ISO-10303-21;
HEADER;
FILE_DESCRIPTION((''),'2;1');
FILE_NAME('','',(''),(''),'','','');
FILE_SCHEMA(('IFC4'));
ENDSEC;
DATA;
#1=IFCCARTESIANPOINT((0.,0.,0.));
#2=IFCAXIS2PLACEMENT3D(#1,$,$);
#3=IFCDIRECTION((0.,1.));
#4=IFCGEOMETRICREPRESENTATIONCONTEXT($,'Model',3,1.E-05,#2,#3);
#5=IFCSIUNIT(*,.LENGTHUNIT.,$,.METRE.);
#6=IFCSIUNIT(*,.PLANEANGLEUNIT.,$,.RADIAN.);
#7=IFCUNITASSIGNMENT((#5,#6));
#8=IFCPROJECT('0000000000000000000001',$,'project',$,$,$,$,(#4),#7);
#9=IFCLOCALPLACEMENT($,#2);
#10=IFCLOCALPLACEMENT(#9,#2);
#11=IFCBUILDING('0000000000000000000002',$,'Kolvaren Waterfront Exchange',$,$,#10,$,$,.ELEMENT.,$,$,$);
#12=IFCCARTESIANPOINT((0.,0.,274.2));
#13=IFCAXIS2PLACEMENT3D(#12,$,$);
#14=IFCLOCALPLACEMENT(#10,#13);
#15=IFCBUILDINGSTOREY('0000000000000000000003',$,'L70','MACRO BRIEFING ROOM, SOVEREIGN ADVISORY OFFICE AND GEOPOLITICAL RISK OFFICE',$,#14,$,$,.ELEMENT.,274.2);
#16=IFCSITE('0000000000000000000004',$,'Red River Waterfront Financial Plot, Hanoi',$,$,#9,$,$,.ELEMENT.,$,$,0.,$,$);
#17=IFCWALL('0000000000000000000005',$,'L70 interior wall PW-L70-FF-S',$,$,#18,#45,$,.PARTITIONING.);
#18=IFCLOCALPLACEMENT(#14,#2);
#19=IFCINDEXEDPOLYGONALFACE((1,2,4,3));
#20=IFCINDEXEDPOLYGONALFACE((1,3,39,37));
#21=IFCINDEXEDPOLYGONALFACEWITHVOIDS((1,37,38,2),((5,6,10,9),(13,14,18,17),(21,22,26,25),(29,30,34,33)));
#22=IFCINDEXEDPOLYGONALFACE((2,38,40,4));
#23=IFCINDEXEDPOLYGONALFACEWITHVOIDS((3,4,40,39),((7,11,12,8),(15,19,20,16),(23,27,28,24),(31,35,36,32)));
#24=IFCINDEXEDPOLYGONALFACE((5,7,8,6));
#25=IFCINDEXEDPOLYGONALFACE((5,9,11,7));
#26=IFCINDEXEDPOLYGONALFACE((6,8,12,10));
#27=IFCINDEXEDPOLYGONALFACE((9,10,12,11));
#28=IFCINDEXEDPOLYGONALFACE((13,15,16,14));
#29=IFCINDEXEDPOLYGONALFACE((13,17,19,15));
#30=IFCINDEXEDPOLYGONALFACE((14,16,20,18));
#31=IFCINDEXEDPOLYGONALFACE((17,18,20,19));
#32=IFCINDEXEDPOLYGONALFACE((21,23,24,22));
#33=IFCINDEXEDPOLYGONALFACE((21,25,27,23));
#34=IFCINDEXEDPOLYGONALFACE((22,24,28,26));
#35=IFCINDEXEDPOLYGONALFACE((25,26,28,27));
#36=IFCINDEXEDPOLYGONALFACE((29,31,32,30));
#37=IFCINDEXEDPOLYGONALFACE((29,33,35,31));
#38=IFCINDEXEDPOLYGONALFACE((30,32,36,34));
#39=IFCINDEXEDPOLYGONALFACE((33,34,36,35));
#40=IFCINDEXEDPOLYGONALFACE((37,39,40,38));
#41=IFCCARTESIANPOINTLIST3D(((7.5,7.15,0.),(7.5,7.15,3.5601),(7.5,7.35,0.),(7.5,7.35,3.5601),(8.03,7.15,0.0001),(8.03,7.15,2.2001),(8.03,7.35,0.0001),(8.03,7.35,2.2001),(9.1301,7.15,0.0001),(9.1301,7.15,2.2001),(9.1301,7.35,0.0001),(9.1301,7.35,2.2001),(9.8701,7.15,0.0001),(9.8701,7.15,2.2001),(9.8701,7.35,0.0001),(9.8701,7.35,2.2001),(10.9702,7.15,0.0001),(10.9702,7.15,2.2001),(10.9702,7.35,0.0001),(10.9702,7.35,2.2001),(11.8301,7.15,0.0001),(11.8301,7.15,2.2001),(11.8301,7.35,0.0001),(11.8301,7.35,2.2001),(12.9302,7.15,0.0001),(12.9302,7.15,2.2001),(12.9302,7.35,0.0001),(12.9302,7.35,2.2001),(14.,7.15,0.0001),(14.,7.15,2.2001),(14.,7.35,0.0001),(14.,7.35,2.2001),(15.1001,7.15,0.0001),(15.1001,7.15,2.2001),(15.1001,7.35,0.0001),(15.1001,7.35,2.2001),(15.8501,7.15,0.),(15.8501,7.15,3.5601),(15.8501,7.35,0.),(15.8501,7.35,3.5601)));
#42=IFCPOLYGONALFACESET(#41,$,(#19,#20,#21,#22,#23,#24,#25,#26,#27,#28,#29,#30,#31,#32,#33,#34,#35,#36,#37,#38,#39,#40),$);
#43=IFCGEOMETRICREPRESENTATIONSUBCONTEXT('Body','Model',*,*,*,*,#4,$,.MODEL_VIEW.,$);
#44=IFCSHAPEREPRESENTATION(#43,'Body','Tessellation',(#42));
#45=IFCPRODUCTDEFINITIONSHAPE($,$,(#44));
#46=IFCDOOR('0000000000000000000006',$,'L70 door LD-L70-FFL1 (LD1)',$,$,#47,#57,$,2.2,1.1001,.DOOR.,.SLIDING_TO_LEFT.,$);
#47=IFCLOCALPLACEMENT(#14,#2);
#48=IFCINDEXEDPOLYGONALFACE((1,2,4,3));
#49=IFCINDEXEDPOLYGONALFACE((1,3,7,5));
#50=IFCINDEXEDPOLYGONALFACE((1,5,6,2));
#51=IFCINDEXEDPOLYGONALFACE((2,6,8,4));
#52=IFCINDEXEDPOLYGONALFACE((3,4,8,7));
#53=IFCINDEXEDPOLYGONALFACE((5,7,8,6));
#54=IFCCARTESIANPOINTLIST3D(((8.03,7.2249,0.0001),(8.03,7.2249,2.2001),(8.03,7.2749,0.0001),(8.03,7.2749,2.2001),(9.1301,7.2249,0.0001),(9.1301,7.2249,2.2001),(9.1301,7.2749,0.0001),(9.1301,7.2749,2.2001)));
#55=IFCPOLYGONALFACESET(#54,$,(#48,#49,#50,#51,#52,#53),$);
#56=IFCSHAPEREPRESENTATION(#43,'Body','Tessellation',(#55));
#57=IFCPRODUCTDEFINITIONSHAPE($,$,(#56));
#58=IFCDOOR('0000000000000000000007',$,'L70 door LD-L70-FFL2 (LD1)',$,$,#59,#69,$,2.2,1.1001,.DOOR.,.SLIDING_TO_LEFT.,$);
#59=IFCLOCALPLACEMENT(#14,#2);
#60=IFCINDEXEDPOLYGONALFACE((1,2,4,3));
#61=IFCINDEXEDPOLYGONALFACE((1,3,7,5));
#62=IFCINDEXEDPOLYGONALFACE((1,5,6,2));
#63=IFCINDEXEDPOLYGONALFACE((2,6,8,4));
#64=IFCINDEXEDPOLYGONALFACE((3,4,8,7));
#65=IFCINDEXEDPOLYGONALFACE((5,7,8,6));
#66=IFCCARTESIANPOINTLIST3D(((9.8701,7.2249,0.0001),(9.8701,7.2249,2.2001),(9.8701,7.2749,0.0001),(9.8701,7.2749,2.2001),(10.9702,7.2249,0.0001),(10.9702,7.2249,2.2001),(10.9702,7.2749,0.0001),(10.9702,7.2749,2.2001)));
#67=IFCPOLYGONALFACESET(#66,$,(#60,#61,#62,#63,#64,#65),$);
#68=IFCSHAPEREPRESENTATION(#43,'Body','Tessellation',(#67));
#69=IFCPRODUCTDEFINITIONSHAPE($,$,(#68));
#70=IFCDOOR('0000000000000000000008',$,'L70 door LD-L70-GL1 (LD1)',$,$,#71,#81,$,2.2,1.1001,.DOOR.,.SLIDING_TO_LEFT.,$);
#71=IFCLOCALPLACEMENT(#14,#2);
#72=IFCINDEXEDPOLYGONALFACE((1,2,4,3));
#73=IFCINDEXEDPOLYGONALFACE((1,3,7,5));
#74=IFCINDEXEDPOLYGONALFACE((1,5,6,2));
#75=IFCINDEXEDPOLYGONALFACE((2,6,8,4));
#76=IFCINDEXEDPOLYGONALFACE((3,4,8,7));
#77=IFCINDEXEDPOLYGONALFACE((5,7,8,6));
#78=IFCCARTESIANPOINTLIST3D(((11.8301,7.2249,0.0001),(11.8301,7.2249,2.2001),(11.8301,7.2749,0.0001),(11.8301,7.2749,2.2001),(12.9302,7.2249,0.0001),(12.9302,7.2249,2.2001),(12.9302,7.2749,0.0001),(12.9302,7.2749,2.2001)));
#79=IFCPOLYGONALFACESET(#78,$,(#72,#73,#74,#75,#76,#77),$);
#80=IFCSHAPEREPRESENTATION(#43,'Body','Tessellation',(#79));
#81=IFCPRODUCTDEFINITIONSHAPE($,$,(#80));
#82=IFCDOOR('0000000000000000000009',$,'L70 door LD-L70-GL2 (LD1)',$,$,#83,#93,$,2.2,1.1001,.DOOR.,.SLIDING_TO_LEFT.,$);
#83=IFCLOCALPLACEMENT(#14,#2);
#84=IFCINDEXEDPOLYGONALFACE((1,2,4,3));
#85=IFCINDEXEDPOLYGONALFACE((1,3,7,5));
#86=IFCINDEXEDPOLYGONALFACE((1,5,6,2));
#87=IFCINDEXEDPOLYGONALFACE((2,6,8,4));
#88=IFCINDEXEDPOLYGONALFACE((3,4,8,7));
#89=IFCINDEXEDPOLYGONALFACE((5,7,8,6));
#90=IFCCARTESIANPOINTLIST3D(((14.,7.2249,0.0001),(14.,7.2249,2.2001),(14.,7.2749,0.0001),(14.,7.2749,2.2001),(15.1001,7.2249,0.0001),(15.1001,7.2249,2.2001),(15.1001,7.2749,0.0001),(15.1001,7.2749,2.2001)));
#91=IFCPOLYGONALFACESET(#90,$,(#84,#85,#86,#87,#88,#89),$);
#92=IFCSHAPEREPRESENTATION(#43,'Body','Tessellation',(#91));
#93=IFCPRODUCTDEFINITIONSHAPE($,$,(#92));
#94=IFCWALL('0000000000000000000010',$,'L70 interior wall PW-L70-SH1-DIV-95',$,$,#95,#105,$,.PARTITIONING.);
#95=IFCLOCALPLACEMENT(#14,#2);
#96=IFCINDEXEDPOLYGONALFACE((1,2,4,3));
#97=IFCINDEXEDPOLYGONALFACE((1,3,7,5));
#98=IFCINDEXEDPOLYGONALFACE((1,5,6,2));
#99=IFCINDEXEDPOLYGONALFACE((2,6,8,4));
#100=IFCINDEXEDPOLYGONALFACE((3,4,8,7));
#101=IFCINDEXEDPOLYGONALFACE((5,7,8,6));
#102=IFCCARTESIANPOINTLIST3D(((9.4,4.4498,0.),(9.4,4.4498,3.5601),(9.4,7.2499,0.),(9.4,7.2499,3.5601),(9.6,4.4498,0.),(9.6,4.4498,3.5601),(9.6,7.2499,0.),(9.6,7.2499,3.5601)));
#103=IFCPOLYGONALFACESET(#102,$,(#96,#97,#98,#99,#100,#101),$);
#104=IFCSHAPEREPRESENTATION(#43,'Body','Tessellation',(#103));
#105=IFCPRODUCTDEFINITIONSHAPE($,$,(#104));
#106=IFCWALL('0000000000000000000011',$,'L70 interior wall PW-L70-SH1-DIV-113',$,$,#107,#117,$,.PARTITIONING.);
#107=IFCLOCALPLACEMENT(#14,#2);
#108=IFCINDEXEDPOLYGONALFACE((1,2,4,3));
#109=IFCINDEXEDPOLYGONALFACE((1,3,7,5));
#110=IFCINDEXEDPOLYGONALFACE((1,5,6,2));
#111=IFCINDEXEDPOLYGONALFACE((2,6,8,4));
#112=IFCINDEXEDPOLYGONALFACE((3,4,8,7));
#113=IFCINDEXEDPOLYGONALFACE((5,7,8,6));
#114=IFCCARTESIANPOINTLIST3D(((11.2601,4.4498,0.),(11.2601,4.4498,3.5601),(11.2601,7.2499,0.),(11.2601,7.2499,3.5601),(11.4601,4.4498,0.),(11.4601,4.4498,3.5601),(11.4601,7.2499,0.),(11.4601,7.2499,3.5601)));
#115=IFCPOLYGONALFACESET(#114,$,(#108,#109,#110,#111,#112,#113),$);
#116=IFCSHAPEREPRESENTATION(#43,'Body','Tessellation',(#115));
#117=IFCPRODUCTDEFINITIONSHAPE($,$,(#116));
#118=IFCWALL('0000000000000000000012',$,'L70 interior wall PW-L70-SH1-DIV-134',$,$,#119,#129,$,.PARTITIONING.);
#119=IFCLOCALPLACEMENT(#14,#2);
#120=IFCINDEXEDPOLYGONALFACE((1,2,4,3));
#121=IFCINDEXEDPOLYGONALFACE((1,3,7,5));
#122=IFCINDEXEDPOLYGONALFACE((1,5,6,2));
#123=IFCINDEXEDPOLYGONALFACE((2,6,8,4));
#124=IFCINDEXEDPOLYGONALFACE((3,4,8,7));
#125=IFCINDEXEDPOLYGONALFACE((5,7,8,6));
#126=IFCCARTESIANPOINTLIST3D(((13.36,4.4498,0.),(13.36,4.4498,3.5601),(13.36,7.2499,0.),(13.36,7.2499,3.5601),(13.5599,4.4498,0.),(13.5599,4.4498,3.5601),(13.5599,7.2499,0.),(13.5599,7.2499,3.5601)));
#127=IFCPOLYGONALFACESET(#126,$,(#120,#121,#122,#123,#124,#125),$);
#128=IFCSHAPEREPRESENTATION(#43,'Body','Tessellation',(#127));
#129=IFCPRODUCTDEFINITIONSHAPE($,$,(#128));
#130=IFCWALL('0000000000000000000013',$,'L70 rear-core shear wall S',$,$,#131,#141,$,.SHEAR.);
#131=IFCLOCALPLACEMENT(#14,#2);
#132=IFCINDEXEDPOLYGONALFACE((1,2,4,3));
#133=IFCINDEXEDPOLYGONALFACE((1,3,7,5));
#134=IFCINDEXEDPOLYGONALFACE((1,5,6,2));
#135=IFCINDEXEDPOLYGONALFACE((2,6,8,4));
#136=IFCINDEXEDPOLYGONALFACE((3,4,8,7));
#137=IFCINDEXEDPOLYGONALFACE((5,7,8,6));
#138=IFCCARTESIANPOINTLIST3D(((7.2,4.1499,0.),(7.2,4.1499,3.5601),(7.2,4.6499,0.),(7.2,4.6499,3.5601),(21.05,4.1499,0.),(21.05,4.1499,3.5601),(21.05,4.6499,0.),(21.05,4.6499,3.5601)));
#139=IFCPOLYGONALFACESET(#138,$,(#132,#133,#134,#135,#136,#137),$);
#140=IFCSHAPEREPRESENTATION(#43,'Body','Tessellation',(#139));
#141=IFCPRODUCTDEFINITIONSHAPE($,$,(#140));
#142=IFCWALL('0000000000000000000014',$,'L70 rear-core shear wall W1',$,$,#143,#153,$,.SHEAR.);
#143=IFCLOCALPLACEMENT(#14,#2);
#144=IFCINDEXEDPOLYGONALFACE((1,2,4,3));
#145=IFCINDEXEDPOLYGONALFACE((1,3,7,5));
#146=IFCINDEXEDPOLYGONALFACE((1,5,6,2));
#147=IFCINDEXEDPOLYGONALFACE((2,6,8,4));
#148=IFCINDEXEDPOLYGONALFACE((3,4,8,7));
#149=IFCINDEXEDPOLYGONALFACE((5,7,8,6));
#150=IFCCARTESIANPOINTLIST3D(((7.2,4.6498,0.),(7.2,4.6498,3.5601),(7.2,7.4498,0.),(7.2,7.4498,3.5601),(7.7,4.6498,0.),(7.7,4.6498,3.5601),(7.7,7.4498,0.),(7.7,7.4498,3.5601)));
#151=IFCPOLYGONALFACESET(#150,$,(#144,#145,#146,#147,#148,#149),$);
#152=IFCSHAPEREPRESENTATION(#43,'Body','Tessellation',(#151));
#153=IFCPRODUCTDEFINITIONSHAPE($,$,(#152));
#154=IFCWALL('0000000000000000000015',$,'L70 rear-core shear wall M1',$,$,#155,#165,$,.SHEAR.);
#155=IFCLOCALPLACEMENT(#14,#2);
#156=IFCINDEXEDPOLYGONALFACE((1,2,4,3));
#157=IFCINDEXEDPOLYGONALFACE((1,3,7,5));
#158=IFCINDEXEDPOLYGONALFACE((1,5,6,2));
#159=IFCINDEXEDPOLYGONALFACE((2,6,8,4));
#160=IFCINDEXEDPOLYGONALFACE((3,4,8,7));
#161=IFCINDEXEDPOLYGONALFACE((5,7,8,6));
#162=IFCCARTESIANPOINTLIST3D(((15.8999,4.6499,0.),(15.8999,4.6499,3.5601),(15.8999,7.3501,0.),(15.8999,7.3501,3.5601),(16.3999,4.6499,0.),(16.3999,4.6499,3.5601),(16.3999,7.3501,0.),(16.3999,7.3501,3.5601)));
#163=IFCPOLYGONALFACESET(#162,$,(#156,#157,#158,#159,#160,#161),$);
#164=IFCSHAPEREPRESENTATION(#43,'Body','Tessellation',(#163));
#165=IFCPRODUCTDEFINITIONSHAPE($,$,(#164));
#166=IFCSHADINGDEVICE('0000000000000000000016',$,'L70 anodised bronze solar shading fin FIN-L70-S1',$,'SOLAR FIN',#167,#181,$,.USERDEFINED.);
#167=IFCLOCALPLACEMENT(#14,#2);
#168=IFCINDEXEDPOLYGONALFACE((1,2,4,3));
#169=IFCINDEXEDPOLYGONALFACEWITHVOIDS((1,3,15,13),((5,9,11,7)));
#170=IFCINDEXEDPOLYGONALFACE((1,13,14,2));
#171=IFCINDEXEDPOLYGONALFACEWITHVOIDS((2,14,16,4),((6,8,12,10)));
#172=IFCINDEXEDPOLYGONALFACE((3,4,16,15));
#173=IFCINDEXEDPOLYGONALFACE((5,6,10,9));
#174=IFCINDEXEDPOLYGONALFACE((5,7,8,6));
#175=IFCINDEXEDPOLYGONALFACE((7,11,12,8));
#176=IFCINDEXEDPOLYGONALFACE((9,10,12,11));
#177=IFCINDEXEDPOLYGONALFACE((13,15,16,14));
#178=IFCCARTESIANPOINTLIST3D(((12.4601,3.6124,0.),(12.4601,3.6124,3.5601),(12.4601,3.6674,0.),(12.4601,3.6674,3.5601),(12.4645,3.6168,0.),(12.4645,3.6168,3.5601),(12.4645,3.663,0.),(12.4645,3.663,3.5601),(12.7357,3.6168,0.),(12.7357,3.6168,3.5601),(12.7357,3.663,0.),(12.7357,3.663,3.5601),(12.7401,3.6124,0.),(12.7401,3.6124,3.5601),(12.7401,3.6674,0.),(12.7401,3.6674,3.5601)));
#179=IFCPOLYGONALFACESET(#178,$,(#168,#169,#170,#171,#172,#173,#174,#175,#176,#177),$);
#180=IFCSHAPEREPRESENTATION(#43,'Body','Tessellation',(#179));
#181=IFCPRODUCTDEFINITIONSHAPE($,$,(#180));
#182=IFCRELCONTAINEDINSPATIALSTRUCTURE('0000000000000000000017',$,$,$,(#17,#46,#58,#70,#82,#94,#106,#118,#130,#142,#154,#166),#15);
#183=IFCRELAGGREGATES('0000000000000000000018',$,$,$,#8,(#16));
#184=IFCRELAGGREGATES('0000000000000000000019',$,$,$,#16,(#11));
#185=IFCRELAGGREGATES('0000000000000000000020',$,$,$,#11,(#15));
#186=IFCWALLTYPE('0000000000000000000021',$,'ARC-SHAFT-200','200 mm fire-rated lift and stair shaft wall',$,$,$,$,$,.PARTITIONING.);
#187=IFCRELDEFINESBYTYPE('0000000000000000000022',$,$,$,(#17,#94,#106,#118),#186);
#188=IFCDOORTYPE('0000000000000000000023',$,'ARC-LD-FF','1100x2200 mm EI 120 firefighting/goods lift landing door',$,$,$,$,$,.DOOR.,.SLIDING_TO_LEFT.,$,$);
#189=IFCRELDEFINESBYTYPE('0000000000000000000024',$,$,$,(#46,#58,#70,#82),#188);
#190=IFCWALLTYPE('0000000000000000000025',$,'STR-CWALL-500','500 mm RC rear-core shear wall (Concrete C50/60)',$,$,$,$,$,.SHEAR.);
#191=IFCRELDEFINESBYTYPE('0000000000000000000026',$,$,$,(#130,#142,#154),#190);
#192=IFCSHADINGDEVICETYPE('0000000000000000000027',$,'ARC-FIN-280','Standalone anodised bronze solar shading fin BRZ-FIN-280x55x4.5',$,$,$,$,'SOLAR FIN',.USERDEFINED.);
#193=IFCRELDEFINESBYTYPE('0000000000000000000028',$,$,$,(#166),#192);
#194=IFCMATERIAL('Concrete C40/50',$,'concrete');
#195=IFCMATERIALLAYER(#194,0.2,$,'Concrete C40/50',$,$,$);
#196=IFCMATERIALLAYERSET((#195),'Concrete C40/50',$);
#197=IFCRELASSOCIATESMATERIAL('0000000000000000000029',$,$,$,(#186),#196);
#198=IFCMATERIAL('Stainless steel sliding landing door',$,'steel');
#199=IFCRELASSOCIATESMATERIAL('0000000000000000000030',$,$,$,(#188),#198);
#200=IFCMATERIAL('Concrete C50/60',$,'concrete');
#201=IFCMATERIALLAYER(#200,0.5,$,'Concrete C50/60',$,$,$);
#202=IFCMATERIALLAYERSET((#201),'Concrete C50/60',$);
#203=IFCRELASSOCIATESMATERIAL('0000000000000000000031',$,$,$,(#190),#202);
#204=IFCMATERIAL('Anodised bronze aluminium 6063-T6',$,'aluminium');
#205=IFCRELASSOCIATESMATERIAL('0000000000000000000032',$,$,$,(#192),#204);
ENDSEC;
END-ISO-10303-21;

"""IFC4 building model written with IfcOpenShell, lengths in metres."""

from ifc_helpers import new_model, si_unit, direction, frame, frame_2d, origin, origin_2d, place, context, subcontext, project, spatial, rectangle, hollow_rectangle, extrude, material, layer, layer_set, material_profile, profile_set, type_object, element, fill, save


model = new_model("IFC4")

# Units and contexts
model_context = context("Model", 3, precision=1e-05, world=origin(), true_north=direction((0.0, 1.0)))
body_context = subcontext(model_context, "Body", "Model", "MODEL_VIEW")
ifc_project = project(units=[si_unit("LENGTHUNIT", "METRE"), si_unit("PLANEANGLEUNIT", "RADIAN")], contexts=[model_context])

# Site, building, storey
site_placement = place(None, origin())
site = spatial("IfcSite", under=ifc_project, at=site_placement, Name="Red River Waterfront Financial Plot, Hanoi", CompositionType="ELEMENT", RefElevation=0.0)
building_placement = place(site_placement, origin())
building = spatial("IfcBuilding", under=site, at=building_placement, Name="Kolvaren Waterfront Exchange", CompositionType="ELEMENT")
storey_placement = place(building_placement, frame((0.0, 0.0, 274.2)))
storey = spatial("IfcBuildingStorey", under=building, at=storey_placement, Name="L70", Description="MACRO BRIEFING ROOM, SOVEREIGN ADVISORY OFFICE AND GEOPOLITICAL RISK OFFICE", CompositionType="ELEMENT", Elevation=274.2)

# Shared definitions
ifc_material_1 = material(Name="Concrete C50/60", Category="concrete")

# Shared definitions
ifc_material_2 = material(Name="Anodised bronze aluminium 6063-T6", Category="aluminium")

# Wall, openings, doors
ifc_material_3 = material(Name="Concrete C40/50", Category="concrete")
ifc_layer_1 = layer(ifc_material_3, 0.2, Name="Concrete C40/50")
ifc_layer_set_1 = layer_set([ifc_layer_1], Name="Concrete C40/50")
wall_type_1 = type_object("IfcWallType", Name="ARC-SHAFT-200", Description="200 mm fire-rated lift and stair shaft wall", PredefinedType="PARTITIONING", material=ifc_layer_set_1)
wall_1_placement = place(storey_placement, frame((7.5, 7.25, 0.0), z_axis=(0.0, 0.0, 1.0), x_axis=(1.0, 0.0, 0.0)))
wall_1 = element("IfcWall", 1, at=wall_1_placement, inside=storey, type_object=wall_type_1, Name="L70 interior wall PW-L70-FF-S", PredefinedType="PARTITIONING", context=body_context, shape_type="SweptSolid", body=[
    extrude(rectangle(XDim=8.3501, YDim=0.2, at=frame_2d((4.175, 0.0))), origin(), (0.0, 0.0, 1.0), 3.5601),
])
opening_1_placement = place(wall_1_placement, frame((0.53, 0.0, 0.0)))
opening_1 = element("IfcOpeningElement", 2, at=opening_1_placement, cuts=wall_1, PredefinedType="OPENING", context=body_context, shape_type="SweptSolid", body=[
    extrude(rectangle(XDim=1.1001, YDim=2.2, at=frame_2d((0.55, 1.1001))), frame((0.0, 0.1099, 0.0), z_axis=(0.0, -1.0, 0.0), x_axis=(1.0, 0.0, 0.0)), (0.0, 0.0, 1.0), 0.22),
])
opening_2_placement = place(wall_1_placement, frame((2.3701, 0.0, 0.0)))
opening_2 = element("IfcOpeningElement", 3, at=opening_2_placement, cuts=wall_1, PredefinedType="OPENING", context=body_context, shape_type="SweptSolid", body=[
    extrude(rectangle(XDim=1.1001, YDim=2.2, at=frame_2d((0.55, 1.1001))), frame((0.0, 0.1099, 0.0), z_axis=(0.0, -1.0, 0.0), x_axis=(1.0, 0.0, 0.0)), (0.0, 0.0, 1.0), 0.22),
])
opening_3_placement = place(wall_1_placement, frame((4.3301, 0.0, 0.0)))
opening_3 = element("IfcOpeningElement", 4, at=opening_3_placement, cuts=wall_1, PredefinedType="OPENING", context=body_context, shape_type="SweptSolid", body=[
    extrude(rectangle(XDim=1.1001, YDim=2.2, at=frame_2d((0.55, 1.1001))), frame((0.0, 0.1099, 0.0), z_axis=(0.0, -1.0, 0.0), x_axis=(1.0, 0.0, 0.0)), (0.0, 0.0, 1.0), 0.22),
])
opening_4_placement = place(wall_1_placement, frame((6.5, 0.0, 0.0)))
opening_4 = element("IfcOpeningElement", 5, at=opening_4_placement, cuts=wall_1, PredefinedType="OPENING", context=body_context, shape_type="SweptSolid", body=[
    extrude(rectangle(XDim=1.1001, YDim=2.2, at=frame_2d((0.55, 1.1001))), frame((0.0, 0.1099, 0.0), z_axis=(0.0, -1.0, 0.0), x_axis=(1.0, 0.0, 0.0)), (0.0, 0.0, 1.0), 0.22),
])
ifc_material_4 = material(Name="Stainless steel sliding landing door", Category="steel")
door_type = type_object("IfcDoorType", Name="ARC-LD-FF", Description="1100x2200 mm EI 120 firefighting/goods lift landing door", OperationType="SLIDING_TO_LEFT", PredefinedType="DOOR", material=ifc_material_4)
door_1_placement = place(opening_1_placement, origin())
door_1 = element("IfcDoor", 6, at=door_1_placement, inside=storey, type_object=door_type, Name="L70 door LD-L70-FFL1 (LD1)", OperationType="SLIDING_TO_LEFT", OverallHeight=2.2, OverallWidth=1.1001, PredefinedType="DOOR", context=body_context, shape_type="SweptSolid", body=[
    extrude(rectangle(XDim=1.1001, YDim=2.2, at=frame_2d((0.55, 1.1001))), frame((0.0, 0.0249, 0.0), z_axis=(0.0, -1.0, 0.0), x_axis=(1.0, 0.0, 0.0)), (0.0, 0.0, 1.0), 0.05),
])
fill(opening_1, door_1)
door_2_placement = place(opening_2_placement, origin())
door_2 = element("IfcDoor", 7, at=door_2_placement, inside=storey, type_object=door_type, Name="L70 door LD-L70-FFL2 (LD1)", OperationType="SLIDING_TO_LEFT", OverallHeight=2.2, OverallWidth=1.1001, PredefinedType="DOOR", context=body_context, shape_type="SweptSolid", body=[
    extrude(rectangle(XDim=1.1001, YDim=2.2, at=frame_2d((0.55, 1.1001))), frame((0.0, 0.0249, 0.0), z_axis=(0.0, -1.0, 0.0), x_axis=(1.0, 0.0, 0.0)), (0.0, 0.0, 1.0), 0.05),
])
fill(opening_2, door_2)
door_3_placement = place(opening_3_placement, origin())
door_3 = element("IfcDoor", 8, at=door_3_placement, inside=storey, type_object=door_type, Name="L70 door LD-L70-GL1 (LD1)", OperationType="SLIDING_TO_LEFT", OverallHeight=2.2, OverallWidth=1.1001, PredefinedType="DOOR", context=body_context, shape_type="SweptSolid", body=[
    extrude(rectangle(XDim=1.1001, YDim=2.2, at=frame_2d((0.55, 1.1001))), frame((0.0, 0.0249, 0.0), z_axis=(0.0, -1.0, 0.0), x_axis=(1.0, 0.0, 0.0)), (0.0, 0.0, 1.0), 0.05),
])
fill(opening_3, door_3)
door_4_placement = place(opening_4_placement, origin())
door_4 = element("IfcDoor", 9, at=door_4_placement, inside=storey, type_object=door_type, Name="L70 door LD-L70-GL2 (LD1)", OperationType="SLIDING_TO_LEFT", OverallHeight=2.2, OverallWidth=1.1001, PredefinedType="DOOR", context=body_context, shape_type="SweptSolid", body=[
    extrude(rectangle(XDim=1.1001, YDim=2.2, at=frame_2d((0.55, 1.1001))), frame((0.0, 0.0249, 0.0), z_axis=(0.0, -1.0, 0.0), x_axis=(1.0, 0.0, 0.0)), (0.0, 0.0, 1.0), 0.05),
])
fill(opening_4, door_4)

# Walls
for number, where, z_axis, x_axis, name in (
    (10, (9.5, 4.45, 0.0), (0.0, 0.0, 1.0), (0.0, 1.0, 0.0), "L70 interior wall PW-L70-SH1-DIV-95"),
    (11, (11.3601, 4.45, 0.0), (0.0, 0.0, 1.0), (0.0, 1.0, 0.0), "L70 interior wall PW-L70-SH1-DIV-113"),
    (12, (13.46, 4.45, 0.0), (0.0, 0.0, 1.0), (0.0, 1.0, 0.0), "L70 interior wall PW-L70-SH1-DIV-134"),
):
    element("IfcWall", number, at=place(storey_placement, frame(where, z_axis=z_axis, x_axis=x_axis)), inside=storey, type_object=wall_type_1, Name=name, PredefinedType="PARTITIONING", context=body_context, shape_type="SweptSolid", body=[
        extrude(rectangle(XDim=2.8, YDim=0.2, at=frame_2d((1.3999, 0.0))), origin(), (0.0, 0.0, 1.0), 3.5601),
    ])
ifc_layer_2 = layer(ifc_material_1, 0.5, Name="Concrete C50/60")
ifc_layer_set_2 = layer_set([ifc_layer_2], Name="Concrete C50/60")
wall_type_2 = type_object("IfcWallType", Name="STR-CWALL-500", Description="500 mm RC rear-core shear wall (Concrete C50/60)", PredefinedType="SHEAR", material=ifc_layer_set_2)
wall_2_placement = place(storey_placement, frame((7.2, 4.3999, 0.0), z_axis=(0.0, 0.0, 1.0), x_axis=(1.0, 0.0, 0.0)))
element("IfcWall", 13, at=wall_2_placement, inside=storey, type_object=wall_type_2, Name="L70 rear-core shear wall S", PredefinedType="SHEAR", context=body_context, shape_type="SweptSolid", body=[
    extrude(rectangle(XDim=13.8501, YDim=0.5, at=frame_2d((6.925, 0.0))), origin(), (0.0, 0.0, 1.0), 3.5601),
])
wall_3_placement = place(storey_placement, frame((7.45, 4.6499, 0.0), z_axis=(0.0, 0.0, 1.0), x_axis=(0.0, 1.0, 0.0)))
element("IfcWall", 14, at=wall_3_placement, inside=storey, type_object=wall_type_2, Name="L70 rear-core shear wall W1", PredefinedType="SHEAR", context=body_context, shape_type="SweptSolid", body=[
    extrude(rectangle(XDim=2.8, YDim=0.5, at=frame_2d((1.3999, 0.0))), origin(), (0.0, 0.0, 1.0), 3.5601),
])
wall_4_placement = place(storey_placement, frame((16.1499, 4.6499, 0.0), z_axis=(0.0, 0.0, 1.0), x_axis=(0.0, 1.0, 0.0)))
element("IfcWall", 15, at=wall_4_placement, inside=storey, type_object=wall_type_2, Name="L70 rear-core shear wall M1", PredefinedType="SHEAR", context=body_context, shape_type="SweptSolid", body=[
    extrude(rectangle(XDim=2.7002, YDim=0.5, at=frame_2d((1.3501, 0.0))), origin(), (0.0, 0.0, 1.0), 3.5601),
])

# Shading device
ifc_material_profile_1 = material_profile(ifc_material_2, hollow_rectangle(XDim=0.0549, YDim=0.28, WallThickness=0.0044, at=origin_2d()), Name="BRZ-FIN-280x55x4.5")
ifc_profile_set_1 = profile_set([ifc_material_profile_1], Name="Anodised bronze aluminium 6063-T6")
shading_device_type = type_object("IfcShadingDeviceType", Name="ARC-FIN-280", Description="Standalone anodised bronze solar shading fin BRZ-FIN-280x55x4.5", ElementType="SOLAR FIN", PredefinedType="USERDEFINED", material=ifc_profile_set_1)
shading_device_placement = place(storey_placement, frame((12.6001, 3.6399, 0.0), z_axis=(0.0, 0.0, 1.0), x_axis=(0.0, -1.0, 0.0)))
element("IfcShadingDevice", 16, at=shading_device_placement, inside=storey, type_object=shading_device_type, Name="L70 anodised bronze solar shading fin FIN-L70-S1", ObjectType="SOLAR FIN", PredefinedType="USERDEFINED", context=body_context, shape_type="SweptSolid", body=[
    extrude(hollow_rectangle(XDim=0.0549, YDim=0.28, WallThickness=0.0044, at=origin_2d()), origin(), (0.0, 0.0, 1.0), 3.5601),
])

save(model, "model.ifc")
